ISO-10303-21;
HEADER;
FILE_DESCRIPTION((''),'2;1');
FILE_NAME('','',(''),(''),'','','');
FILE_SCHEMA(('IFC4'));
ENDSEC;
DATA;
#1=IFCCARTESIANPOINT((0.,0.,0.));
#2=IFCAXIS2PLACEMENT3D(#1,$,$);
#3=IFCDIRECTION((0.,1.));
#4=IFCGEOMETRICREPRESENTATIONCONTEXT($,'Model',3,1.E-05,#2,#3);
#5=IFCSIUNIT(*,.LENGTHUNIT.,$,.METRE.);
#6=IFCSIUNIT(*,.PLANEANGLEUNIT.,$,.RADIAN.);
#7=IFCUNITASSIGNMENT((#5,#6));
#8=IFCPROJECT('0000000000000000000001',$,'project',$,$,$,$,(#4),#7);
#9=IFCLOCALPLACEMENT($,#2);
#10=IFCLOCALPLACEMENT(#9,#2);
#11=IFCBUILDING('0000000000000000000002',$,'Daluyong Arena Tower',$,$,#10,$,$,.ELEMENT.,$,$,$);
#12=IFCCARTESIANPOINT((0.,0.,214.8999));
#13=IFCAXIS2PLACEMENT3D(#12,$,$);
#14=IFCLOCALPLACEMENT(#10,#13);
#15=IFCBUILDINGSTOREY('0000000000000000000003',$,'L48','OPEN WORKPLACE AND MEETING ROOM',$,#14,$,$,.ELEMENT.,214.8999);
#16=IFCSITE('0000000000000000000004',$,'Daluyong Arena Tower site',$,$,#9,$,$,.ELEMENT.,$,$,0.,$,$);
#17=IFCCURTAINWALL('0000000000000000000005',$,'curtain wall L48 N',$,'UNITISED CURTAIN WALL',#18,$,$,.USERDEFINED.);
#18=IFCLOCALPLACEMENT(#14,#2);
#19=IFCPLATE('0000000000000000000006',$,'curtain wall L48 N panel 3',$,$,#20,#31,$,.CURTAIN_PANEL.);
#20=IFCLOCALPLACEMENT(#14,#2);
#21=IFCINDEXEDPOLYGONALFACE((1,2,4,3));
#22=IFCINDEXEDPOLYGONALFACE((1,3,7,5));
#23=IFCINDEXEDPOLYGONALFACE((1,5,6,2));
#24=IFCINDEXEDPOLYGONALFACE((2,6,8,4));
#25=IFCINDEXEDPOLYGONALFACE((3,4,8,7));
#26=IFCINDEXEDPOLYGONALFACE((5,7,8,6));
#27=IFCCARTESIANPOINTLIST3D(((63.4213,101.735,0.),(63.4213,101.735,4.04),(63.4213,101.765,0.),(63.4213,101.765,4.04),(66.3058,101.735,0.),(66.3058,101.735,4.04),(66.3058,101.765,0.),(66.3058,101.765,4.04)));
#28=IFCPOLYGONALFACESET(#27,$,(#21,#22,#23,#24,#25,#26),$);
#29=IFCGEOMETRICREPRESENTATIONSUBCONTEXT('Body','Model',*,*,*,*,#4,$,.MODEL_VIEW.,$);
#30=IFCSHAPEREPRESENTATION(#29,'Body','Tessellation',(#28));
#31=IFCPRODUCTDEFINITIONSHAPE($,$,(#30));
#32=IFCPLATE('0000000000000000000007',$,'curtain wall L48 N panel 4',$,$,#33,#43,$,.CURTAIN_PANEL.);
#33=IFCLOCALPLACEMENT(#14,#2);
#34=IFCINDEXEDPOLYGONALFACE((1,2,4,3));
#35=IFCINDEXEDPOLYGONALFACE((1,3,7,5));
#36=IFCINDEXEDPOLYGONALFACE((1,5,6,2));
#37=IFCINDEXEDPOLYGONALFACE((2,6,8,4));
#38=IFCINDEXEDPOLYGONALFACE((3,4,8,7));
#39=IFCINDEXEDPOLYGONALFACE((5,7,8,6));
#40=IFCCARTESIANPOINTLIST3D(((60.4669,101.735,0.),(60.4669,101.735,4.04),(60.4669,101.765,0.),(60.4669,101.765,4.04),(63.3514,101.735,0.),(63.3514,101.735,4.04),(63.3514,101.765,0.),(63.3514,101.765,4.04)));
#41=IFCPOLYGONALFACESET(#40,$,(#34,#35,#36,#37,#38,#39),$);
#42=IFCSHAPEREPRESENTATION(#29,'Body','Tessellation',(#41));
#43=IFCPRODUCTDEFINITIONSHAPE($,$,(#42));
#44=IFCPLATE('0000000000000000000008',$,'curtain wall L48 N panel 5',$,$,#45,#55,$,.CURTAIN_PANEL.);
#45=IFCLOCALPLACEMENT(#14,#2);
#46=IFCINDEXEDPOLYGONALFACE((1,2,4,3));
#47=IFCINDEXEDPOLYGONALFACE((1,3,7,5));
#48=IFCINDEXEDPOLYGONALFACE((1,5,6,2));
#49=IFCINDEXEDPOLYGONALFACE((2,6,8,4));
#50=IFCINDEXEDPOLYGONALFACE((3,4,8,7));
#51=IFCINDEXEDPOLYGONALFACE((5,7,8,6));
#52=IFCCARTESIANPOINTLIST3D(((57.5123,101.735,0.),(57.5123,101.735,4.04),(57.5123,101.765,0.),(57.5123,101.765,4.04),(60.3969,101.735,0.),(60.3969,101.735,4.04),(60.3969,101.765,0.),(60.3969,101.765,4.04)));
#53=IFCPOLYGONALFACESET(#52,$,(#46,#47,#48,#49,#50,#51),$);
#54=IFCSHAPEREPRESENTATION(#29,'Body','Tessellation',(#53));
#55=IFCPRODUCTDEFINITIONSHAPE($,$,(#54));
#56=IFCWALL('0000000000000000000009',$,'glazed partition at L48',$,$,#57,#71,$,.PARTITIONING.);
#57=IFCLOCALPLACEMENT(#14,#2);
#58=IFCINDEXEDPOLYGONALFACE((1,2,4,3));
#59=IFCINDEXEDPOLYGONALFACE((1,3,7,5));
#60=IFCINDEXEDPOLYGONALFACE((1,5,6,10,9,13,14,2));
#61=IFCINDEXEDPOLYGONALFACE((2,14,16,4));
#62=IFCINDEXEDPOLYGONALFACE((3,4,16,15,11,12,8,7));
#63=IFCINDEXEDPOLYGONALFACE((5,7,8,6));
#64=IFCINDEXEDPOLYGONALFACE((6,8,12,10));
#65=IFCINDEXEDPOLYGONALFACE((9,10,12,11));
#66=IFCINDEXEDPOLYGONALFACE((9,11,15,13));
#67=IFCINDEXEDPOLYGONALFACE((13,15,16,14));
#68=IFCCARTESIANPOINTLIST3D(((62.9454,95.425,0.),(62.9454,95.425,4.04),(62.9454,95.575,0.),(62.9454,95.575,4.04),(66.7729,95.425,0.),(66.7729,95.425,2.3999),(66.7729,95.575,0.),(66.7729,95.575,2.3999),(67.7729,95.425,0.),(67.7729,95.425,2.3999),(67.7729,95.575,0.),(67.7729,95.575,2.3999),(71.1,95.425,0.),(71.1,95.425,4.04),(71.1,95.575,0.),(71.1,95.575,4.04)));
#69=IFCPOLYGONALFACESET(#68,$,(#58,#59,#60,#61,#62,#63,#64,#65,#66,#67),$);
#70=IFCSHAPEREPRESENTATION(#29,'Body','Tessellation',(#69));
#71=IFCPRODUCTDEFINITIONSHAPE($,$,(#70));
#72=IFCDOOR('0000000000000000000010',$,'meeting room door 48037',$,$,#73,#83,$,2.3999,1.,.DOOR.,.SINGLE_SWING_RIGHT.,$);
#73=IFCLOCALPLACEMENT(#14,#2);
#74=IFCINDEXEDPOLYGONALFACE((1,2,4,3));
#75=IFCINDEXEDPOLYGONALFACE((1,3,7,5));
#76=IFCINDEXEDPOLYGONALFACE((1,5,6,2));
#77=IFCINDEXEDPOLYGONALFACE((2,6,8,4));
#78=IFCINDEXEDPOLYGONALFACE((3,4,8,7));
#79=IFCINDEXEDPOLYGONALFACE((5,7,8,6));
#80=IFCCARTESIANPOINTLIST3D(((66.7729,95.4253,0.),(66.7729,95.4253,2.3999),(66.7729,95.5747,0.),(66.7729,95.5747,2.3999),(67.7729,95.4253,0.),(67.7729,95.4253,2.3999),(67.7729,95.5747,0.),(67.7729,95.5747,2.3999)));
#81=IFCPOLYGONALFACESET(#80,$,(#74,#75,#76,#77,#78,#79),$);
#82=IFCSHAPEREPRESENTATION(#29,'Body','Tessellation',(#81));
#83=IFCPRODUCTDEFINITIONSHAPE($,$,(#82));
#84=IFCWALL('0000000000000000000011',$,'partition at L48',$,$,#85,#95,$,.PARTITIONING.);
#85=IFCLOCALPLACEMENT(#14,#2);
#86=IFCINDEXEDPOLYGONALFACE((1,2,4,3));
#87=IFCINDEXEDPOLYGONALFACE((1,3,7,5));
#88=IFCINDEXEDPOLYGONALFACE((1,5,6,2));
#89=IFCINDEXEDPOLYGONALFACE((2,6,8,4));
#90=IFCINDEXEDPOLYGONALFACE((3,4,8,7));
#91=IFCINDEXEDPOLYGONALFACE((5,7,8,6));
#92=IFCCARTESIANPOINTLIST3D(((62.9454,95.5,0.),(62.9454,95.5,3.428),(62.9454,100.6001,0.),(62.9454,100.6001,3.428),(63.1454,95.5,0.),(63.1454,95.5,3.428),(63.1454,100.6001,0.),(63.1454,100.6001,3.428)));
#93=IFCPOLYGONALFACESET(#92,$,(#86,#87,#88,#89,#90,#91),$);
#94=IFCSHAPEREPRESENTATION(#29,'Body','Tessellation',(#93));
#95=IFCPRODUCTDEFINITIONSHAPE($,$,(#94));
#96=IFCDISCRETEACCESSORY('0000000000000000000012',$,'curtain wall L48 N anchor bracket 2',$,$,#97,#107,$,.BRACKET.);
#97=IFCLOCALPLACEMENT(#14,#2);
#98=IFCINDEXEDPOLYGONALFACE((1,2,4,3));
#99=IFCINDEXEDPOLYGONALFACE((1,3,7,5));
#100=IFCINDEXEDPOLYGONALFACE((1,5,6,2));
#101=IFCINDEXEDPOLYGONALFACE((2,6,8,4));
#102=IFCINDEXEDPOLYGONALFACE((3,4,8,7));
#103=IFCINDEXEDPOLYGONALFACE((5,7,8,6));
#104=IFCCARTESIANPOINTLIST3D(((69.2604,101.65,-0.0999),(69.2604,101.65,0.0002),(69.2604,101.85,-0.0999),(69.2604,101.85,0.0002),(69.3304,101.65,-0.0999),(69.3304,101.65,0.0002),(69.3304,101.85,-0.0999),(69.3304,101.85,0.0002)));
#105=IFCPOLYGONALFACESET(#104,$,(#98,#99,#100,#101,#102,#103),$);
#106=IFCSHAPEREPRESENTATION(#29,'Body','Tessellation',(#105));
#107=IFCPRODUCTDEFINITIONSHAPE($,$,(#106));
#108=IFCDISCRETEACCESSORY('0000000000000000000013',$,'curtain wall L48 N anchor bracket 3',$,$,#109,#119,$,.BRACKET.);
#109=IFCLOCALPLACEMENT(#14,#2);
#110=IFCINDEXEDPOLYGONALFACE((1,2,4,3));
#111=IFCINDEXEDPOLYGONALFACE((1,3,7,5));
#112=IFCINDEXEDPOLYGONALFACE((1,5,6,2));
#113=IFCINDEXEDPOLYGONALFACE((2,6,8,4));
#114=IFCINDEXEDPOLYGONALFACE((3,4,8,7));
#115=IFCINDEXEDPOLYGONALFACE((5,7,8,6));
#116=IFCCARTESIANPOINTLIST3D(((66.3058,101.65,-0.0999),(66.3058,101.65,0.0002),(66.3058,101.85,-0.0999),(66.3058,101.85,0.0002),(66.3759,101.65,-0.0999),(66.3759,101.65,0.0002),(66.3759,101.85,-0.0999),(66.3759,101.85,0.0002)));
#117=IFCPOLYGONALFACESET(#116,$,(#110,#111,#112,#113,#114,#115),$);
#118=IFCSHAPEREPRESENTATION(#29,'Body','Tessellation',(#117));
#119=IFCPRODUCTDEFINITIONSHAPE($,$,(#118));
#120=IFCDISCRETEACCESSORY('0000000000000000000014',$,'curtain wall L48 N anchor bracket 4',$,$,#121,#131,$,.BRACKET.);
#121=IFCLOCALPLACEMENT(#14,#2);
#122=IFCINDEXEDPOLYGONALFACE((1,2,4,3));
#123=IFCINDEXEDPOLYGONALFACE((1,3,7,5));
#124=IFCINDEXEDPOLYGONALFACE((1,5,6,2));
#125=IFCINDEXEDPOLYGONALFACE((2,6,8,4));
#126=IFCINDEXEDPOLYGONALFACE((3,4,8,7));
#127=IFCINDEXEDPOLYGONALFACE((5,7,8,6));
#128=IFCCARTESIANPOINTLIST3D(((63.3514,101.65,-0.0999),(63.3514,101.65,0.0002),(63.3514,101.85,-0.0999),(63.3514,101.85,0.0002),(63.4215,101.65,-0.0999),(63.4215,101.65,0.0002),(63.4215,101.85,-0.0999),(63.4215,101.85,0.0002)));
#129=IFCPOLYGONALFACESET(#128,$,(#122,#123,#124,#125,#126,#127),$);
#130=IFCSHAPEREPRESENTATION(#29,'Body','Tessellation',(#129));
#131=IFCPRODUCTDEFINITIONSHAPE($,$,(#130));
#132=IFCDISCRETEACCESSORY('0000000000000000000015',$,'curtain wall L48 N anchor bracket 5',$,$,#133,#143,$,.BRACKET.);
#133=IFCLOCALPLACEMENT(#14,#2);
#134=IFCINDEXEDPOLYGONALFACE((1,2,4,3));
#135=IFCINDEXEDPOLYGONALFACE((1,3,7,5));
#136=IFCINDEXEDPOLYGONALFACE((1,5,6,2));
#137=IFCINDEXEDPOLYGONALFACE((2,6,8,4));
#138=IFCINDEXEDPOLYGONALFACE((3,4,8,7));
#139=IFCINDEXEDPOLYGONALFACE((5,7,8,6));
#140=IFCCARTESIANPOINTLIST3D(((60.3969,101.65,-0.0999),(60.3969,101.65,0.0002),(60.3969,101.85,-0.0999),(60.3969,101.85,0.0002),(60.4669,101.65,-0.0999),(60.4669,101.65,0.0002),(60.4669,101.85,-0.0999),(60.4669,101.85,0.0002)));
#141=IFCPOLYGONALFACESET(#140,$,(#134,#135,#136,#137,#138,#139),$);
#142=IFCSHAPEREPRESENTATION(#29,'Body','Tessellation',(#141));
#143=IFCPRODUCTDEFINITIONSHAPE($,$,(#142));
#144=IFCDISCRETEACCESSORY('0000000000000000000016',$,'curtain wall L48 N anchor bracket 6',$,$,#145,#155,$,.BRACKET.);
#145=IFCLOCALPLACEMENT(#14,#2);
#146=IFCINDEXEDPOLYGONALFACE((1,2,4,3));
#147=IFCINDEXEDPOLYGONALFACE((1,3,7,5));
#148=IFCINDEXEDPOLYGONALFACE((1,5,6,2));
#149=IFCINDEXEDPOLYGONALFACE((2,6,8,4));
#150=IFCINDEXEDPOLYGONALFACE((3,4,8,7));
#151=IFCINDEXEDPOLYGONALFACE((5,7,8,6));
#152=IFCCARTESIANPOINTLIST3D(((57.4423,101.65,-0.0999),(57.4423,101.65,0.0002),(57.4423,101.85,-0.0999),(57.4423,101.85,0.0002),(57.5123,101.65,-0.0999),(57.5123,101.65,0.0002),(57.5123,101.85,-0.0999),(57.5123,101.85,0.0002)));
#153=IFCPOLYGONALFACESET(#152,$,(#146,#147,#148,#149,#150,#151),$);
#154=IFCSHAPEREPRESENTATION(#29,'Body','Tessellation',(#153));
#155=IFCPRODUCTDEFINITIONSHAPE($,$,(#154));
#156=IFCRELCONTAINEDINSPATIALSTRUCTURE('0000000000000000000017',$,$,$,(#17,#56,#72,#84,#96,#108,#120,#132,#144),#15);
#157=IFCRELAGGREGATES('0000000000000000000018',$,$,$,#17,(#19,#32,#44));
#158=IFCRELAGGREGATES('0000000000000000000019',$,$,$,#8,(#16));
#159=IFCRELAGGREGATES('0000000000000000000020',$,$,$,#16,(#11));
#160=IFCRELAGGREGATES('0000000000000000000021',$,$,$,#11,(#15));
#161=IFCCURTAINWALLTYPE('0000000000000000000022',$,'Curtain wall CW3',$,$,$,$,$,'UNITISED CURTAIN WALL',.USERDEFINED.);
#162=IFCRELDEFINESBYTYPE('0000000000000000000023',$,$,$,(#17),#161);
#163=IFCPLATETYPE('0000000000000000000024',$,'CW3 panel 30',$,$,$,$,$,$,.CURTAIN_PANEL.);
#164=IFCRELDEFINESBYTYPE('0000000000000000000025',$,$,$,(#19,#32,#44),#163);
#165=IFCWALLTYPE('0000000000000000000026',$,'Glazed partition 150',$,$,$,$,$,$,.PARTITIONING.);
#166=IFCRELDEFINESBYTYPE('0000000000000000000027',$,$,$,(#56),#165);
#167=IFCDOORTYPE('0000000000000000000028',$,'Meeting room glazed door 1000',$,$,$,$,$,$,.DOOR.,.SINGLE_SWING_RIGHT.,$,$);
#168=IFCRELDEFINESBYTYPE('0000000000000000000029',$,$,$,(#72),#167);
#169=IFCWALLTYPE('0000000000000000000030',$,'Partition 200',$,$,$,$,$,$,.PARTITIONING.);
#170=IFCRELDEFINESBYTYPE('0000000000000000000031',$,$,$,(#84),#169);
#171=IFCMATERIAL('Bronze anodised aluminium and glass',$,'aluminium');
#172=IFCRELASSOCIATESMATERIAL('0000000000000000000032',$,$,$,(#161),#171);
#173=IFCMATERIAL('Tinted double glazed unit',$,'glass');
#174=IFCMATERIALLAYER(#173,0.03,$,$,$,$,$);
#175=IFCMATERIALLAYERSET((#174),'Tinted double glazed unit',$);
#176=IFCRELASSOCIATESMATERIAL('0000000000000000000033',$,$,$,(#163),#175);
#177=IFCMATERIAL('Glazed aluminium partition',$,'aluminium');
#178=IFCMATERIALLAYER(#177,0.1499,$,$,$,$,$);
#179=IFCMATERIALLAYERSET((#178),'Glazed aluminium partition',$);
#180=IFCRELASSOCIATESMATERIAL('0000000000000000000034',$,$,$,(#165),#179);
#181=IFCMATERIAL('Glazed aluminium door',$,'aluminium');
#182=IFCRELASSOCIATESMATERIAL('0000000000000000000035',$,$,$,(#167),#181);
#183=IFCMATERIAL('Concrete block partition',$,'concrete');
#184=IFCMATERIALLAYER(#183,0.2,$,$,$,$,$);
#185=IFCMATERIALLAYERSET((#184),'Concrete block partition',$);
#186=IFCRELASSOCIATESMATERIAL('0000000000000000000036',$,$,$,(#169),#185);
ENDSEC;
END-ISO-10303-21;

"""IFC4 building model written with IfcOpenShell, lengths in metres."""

from ifc_helpers import new_model, si_unit, direction, frame, frame_2d, origin, origin_2d, place, context, subcontext, project, spatial, rectangle, extrude, material, layer, layer_set, type_object, element, fill, aggregate, save


model = new_model("IFC4")

# Units and contexts
model_context = context("Model", 3, precision=1e-05, world=origin(), true_north=direction((0.0, 1.0)))
body_context = subcontext(model_context, "Body", "Model", "MODEL_VIEW")
ifc_project = project(units=[si_unit("LENGTHUNIT", "METRE"), si_unit("PLANEANGLEUNIT", "RADIAN")], contexts=[model_context])

# Site, building, storey
site_placement = place(None, origin())
site = spatial("IfcSite", under=ifc_project, at=site_placement, Name="Daluyong Arena Tower site", CompositionType="ELEMENT", RefElevation=0.0)
building_placement = place(site_placement, origin())
building = spatial("IfcBuilding", under=site, at=building_placement, Name="Daluyong Arena Tower", CompositionType="ELEMENT")
storey_placement = place(building_placement, frame((0.0, 0.0, 214.8999)))
storey = spatial("IfcBuildingStorey", under=building, at=storey_placement, Name="L48", Description="OPEN WORKPLACE AND MEETING ROOM", CompositionType="ELEMENT", Elevation=214.8999)

# Curtain wall
ifc_material_1 = material(Name="Bronze anodised aluminium and glass", Category="aluminium")
curtain_wall_type = type_object("IfcCurtainWallType", Name="Curtain wall CW3", ElementType="UNITISED CURTAIN WALL", PredefinedType="USERDEFINED", material=ifc_material_1)
curtain_wall_placement = place(storey_placement, origin())
curtain_wall = element("IfcCurtainWall", 1, at=curtain_wall_placement, inside=storey, type_object=curtain_wall_type, Name="curtain wall L48 N", ObjectType="UNITISED CURTAIN WALL", PredefinedType="USERDEFINED")

# Plates
ifc_material_2 = material(Name="Tinted double glazed unit", Category="glass")
ifc_layer_1 = layer(ifc_material_2, 0.03)
ifc_layer_set_1 = layer_set([ifc_layer_1], Name="Tinted double glazed unit")
plate_type = type_object("IfcPlateType", Name="CW3 panel 30", PredefinedType="CURTAIN_PANEL", material=ifc_layer_set_1)
plate_1_placement = place(storey_placement, frame((64.8635, 101.75, 0.0), z_axis=(0.0, 0.0, 1.0), x_axis=(-1.0, 0.0, 0.0)))
plate_1 = element("IfcPlate", 2, at=plate_1_placement, type_object=plate_type, Name="curtain wall L48 N panel 3", PredefinedType="CURTAIN_PANEL", context=body_context, shape_type="SweptSolid", body=[
    extrude(rectangle(XDim=2.8845, YDim=0.03, at=origin_2d()), origin(), (0.0, 0.0, 1.0), 4.04),
])
plate_2_placement = place(storey_placement, frame((61.9092, 101.75, 0.0), z_axis=(0.0, 0.0, 1.0), x_axis=(-1.0, 0.0, 0.0)))
plate_2 = element("IfcPlate", 3, at=plate_2_placement, type_object=plate_type, Name="curtain wall L48 N panel 4", PredefinedType="CURTAIN_PANEL", context=body_context, shape_type="SweptSolid", body=[
    extrude(rectangle(XDim=2.8845, YDim=0.03, at=origin_2d()), origin(), (0.0, 0.0, 1.0), 4.04),
])
plate_3_placement = place(storey_placement, frame((58.9546, 101.75, 0.0), z_axis=(0.0, 0.0, 1.0), x_axis=(-1.0, 0.0, 0.0)))
plate_3 = element("IfcPlate", 4, at=plate_3_placement, type_object=plate_type, Name="curtain wall L48 N panel 5", PredefinedType="CURTAIN_PANEL", context=body_context, shape_type="SweptSolid", body=[
    extrude(rectangle(XDim=2.8845, YDim=0.03, at=origin_2d()), origin(), (0.0, 0.0, 1.0), 4.04),
])
aggregate(curtain_wall, [plate_1, plate_2, plate_3])

# Wall, opening, door
ifc_material_3 = material(Name="Glazed aluminium partition", Category="aluminium")
ifc_layer_2 = layer(ifc_material_3, 0.1499)
ifc_layer_set_2 = layer_set([ifc_layer_2], Name="Glazed aluminium partition")
wall_type_1 = type_object("IfcWallType", Name="Glazed partition 150", PredefinedType="PARTITIONING", material=ifc_layer_set_2)
wall_1_placement = place(storey_placement, frame((62.9456, 95.5, 0.0), z_axis=(0.0, 0.0, 1.0), x_axis=(1.0, 0.0, 0.0)))
wall_1 = element("IfcWall", 5, at=wall_1_placement, inside=storey, type_object=wall_type_1, Name="glazed partition at L48", PredefinedType="PARTITIONING", context=body_context, shape_type="SweptSolid", body=[
    extrude(rectangle(XDim=8.1545, YDim=0.1499, at=frame_2d((4.0771, 0.0))), origin(), (0.0, 0.0, 1.0), 4.04),
])
opening_placement = place(wall_1_placement, frame((3.8274, 0.0, 0.0)))
opening = element("IfcOpeningElement", 6, at=opening_placement, cuts=wall_1, PredefinedType="OPENING", context=body_context, shape_type="SweptSolid", body=[
    extrude(rectangle(XDim=1.0, YDim=2.3999, at=frame_2d((0.5, 1.2))), frame((0.0, 0.085, 0.0), z_axis=(0.0, -1.0, 0.0), x_axis=(1.0, 0.0, 0.0)), (0.0, 0.0, 1.0), 0.1699),
])
ifc_material_4 = material(Name="Glazed aluminium door", Category="aluminium")
door_type = type_object("IfcDoorType", Name="Meeting room glazed door 1000", OperationType="SINGLE_SWING_RIGHT", PredefinedType="DOOR", material=ifc_material_4)
door_placement = place(opening_placement, origin())
door = element("IfcDoor", 7, at=door_placement, inside=storey, type_object=door_type, Name="meeting room door 48037", OperationType="SINGLE_SWING_RIGHT", OverallHeight=2.3999, OverallWidth=1.0, PredefinedType="DOOR", context=body_context, shape_type="SweptSolid", body=[
    extrude(rectangle(XDim=1.0, YDim=2.3999, at=frame_2d((0.5, 1.2))), frame((0.0, 0.0747, 0.0), z_axis=(0.0, -1.0, 0.0), x_axis=(1.0, 0.0, 0.0)), (0.0, 0.0, 1.0), 0.1494),
])
fill(opening, door)

# Wall
ifc_material_5 = material(Name="Concrete block partition", Category="concrete")
ifc_layer_3 = layer(ifc_material_5, 0.2)
ifc_layer_set_3 = layer_set([ifc_layer_3], Name="Concrete block partition")
wall_type_2 = type_object("IfcWallType", Name="Partition 200", PredefinedType="PARTITIONING", material=ifc_layer_set_3)
wall_2_placement = place(storey_placement, frame((63.0454, 95.5, 0.0), z_axis=(0.0, 0.0, 1.0), x_axis=(0.0, 1.0, 0.0)))
element("IfcWall", 8, at=wall_2_placement, inside=storey, type_object=wall_type_2, Name="partition at L48", PredefinedType="PARTITIONING", context=body_context, shape_type="SweptSolid", body=[
    extrude(rectangle(XDim=5.1001, YDim=0.2, at=frame_2d((2.55, 0.0))), origin(), (0.0, 0.0, 1.0), 3.428),
])

# Discrete accessories
for number, where, z_axis, x_axis, name in (
    (9, (69.2954, 101.75, -0.0999), (0.0, 0.0, 1.0), (-1.0, 0.0, 0.0), "curtain wall L48 N anchor bracket 2"),
    (10, (66.3408, 101.75, -0.0999), (0.0, 0.0, 1.0), (-1.0, 0.0, 0.0), "curtain wall L48 N anchor bracket 3"),
    (11, (63.3865, 101.75, -0.0999), (0.0, 0.0, 1.0), (-1.0, 0.0, 0.0), "curtain wall L48 N anchor bracket 4"),
    (12, (60.4319, 101.75, -0.0999), (0.0, 0.0, 1.0), (-1.0, 0.0, 0.0), "curtain wall L48 N anchor bracket 5"),
    (13, (57.4773, 101.75, -0.0999), (0.0, 0.0, 1.0), (-1.0, 0.0, 0.0), "curtain wall L48 N anchor bracket 6"),
):
    element("IfcDiscreteAccessory", number, at=place(storey_placement, frame(where, z_axis=z_axis, x_axis=x_axis)), inside=storey, Name=name, PredefinedType="BRACKET", context=body_context, shape_type="SweptSolid", body=[
        extrude(rectangle(XDim=0.0701, YDim=0.2, at=origin_2d()), origin(), (0.0, 0.0, 1.0), 0.1001),
    ])

save(model, "model.ifc")
